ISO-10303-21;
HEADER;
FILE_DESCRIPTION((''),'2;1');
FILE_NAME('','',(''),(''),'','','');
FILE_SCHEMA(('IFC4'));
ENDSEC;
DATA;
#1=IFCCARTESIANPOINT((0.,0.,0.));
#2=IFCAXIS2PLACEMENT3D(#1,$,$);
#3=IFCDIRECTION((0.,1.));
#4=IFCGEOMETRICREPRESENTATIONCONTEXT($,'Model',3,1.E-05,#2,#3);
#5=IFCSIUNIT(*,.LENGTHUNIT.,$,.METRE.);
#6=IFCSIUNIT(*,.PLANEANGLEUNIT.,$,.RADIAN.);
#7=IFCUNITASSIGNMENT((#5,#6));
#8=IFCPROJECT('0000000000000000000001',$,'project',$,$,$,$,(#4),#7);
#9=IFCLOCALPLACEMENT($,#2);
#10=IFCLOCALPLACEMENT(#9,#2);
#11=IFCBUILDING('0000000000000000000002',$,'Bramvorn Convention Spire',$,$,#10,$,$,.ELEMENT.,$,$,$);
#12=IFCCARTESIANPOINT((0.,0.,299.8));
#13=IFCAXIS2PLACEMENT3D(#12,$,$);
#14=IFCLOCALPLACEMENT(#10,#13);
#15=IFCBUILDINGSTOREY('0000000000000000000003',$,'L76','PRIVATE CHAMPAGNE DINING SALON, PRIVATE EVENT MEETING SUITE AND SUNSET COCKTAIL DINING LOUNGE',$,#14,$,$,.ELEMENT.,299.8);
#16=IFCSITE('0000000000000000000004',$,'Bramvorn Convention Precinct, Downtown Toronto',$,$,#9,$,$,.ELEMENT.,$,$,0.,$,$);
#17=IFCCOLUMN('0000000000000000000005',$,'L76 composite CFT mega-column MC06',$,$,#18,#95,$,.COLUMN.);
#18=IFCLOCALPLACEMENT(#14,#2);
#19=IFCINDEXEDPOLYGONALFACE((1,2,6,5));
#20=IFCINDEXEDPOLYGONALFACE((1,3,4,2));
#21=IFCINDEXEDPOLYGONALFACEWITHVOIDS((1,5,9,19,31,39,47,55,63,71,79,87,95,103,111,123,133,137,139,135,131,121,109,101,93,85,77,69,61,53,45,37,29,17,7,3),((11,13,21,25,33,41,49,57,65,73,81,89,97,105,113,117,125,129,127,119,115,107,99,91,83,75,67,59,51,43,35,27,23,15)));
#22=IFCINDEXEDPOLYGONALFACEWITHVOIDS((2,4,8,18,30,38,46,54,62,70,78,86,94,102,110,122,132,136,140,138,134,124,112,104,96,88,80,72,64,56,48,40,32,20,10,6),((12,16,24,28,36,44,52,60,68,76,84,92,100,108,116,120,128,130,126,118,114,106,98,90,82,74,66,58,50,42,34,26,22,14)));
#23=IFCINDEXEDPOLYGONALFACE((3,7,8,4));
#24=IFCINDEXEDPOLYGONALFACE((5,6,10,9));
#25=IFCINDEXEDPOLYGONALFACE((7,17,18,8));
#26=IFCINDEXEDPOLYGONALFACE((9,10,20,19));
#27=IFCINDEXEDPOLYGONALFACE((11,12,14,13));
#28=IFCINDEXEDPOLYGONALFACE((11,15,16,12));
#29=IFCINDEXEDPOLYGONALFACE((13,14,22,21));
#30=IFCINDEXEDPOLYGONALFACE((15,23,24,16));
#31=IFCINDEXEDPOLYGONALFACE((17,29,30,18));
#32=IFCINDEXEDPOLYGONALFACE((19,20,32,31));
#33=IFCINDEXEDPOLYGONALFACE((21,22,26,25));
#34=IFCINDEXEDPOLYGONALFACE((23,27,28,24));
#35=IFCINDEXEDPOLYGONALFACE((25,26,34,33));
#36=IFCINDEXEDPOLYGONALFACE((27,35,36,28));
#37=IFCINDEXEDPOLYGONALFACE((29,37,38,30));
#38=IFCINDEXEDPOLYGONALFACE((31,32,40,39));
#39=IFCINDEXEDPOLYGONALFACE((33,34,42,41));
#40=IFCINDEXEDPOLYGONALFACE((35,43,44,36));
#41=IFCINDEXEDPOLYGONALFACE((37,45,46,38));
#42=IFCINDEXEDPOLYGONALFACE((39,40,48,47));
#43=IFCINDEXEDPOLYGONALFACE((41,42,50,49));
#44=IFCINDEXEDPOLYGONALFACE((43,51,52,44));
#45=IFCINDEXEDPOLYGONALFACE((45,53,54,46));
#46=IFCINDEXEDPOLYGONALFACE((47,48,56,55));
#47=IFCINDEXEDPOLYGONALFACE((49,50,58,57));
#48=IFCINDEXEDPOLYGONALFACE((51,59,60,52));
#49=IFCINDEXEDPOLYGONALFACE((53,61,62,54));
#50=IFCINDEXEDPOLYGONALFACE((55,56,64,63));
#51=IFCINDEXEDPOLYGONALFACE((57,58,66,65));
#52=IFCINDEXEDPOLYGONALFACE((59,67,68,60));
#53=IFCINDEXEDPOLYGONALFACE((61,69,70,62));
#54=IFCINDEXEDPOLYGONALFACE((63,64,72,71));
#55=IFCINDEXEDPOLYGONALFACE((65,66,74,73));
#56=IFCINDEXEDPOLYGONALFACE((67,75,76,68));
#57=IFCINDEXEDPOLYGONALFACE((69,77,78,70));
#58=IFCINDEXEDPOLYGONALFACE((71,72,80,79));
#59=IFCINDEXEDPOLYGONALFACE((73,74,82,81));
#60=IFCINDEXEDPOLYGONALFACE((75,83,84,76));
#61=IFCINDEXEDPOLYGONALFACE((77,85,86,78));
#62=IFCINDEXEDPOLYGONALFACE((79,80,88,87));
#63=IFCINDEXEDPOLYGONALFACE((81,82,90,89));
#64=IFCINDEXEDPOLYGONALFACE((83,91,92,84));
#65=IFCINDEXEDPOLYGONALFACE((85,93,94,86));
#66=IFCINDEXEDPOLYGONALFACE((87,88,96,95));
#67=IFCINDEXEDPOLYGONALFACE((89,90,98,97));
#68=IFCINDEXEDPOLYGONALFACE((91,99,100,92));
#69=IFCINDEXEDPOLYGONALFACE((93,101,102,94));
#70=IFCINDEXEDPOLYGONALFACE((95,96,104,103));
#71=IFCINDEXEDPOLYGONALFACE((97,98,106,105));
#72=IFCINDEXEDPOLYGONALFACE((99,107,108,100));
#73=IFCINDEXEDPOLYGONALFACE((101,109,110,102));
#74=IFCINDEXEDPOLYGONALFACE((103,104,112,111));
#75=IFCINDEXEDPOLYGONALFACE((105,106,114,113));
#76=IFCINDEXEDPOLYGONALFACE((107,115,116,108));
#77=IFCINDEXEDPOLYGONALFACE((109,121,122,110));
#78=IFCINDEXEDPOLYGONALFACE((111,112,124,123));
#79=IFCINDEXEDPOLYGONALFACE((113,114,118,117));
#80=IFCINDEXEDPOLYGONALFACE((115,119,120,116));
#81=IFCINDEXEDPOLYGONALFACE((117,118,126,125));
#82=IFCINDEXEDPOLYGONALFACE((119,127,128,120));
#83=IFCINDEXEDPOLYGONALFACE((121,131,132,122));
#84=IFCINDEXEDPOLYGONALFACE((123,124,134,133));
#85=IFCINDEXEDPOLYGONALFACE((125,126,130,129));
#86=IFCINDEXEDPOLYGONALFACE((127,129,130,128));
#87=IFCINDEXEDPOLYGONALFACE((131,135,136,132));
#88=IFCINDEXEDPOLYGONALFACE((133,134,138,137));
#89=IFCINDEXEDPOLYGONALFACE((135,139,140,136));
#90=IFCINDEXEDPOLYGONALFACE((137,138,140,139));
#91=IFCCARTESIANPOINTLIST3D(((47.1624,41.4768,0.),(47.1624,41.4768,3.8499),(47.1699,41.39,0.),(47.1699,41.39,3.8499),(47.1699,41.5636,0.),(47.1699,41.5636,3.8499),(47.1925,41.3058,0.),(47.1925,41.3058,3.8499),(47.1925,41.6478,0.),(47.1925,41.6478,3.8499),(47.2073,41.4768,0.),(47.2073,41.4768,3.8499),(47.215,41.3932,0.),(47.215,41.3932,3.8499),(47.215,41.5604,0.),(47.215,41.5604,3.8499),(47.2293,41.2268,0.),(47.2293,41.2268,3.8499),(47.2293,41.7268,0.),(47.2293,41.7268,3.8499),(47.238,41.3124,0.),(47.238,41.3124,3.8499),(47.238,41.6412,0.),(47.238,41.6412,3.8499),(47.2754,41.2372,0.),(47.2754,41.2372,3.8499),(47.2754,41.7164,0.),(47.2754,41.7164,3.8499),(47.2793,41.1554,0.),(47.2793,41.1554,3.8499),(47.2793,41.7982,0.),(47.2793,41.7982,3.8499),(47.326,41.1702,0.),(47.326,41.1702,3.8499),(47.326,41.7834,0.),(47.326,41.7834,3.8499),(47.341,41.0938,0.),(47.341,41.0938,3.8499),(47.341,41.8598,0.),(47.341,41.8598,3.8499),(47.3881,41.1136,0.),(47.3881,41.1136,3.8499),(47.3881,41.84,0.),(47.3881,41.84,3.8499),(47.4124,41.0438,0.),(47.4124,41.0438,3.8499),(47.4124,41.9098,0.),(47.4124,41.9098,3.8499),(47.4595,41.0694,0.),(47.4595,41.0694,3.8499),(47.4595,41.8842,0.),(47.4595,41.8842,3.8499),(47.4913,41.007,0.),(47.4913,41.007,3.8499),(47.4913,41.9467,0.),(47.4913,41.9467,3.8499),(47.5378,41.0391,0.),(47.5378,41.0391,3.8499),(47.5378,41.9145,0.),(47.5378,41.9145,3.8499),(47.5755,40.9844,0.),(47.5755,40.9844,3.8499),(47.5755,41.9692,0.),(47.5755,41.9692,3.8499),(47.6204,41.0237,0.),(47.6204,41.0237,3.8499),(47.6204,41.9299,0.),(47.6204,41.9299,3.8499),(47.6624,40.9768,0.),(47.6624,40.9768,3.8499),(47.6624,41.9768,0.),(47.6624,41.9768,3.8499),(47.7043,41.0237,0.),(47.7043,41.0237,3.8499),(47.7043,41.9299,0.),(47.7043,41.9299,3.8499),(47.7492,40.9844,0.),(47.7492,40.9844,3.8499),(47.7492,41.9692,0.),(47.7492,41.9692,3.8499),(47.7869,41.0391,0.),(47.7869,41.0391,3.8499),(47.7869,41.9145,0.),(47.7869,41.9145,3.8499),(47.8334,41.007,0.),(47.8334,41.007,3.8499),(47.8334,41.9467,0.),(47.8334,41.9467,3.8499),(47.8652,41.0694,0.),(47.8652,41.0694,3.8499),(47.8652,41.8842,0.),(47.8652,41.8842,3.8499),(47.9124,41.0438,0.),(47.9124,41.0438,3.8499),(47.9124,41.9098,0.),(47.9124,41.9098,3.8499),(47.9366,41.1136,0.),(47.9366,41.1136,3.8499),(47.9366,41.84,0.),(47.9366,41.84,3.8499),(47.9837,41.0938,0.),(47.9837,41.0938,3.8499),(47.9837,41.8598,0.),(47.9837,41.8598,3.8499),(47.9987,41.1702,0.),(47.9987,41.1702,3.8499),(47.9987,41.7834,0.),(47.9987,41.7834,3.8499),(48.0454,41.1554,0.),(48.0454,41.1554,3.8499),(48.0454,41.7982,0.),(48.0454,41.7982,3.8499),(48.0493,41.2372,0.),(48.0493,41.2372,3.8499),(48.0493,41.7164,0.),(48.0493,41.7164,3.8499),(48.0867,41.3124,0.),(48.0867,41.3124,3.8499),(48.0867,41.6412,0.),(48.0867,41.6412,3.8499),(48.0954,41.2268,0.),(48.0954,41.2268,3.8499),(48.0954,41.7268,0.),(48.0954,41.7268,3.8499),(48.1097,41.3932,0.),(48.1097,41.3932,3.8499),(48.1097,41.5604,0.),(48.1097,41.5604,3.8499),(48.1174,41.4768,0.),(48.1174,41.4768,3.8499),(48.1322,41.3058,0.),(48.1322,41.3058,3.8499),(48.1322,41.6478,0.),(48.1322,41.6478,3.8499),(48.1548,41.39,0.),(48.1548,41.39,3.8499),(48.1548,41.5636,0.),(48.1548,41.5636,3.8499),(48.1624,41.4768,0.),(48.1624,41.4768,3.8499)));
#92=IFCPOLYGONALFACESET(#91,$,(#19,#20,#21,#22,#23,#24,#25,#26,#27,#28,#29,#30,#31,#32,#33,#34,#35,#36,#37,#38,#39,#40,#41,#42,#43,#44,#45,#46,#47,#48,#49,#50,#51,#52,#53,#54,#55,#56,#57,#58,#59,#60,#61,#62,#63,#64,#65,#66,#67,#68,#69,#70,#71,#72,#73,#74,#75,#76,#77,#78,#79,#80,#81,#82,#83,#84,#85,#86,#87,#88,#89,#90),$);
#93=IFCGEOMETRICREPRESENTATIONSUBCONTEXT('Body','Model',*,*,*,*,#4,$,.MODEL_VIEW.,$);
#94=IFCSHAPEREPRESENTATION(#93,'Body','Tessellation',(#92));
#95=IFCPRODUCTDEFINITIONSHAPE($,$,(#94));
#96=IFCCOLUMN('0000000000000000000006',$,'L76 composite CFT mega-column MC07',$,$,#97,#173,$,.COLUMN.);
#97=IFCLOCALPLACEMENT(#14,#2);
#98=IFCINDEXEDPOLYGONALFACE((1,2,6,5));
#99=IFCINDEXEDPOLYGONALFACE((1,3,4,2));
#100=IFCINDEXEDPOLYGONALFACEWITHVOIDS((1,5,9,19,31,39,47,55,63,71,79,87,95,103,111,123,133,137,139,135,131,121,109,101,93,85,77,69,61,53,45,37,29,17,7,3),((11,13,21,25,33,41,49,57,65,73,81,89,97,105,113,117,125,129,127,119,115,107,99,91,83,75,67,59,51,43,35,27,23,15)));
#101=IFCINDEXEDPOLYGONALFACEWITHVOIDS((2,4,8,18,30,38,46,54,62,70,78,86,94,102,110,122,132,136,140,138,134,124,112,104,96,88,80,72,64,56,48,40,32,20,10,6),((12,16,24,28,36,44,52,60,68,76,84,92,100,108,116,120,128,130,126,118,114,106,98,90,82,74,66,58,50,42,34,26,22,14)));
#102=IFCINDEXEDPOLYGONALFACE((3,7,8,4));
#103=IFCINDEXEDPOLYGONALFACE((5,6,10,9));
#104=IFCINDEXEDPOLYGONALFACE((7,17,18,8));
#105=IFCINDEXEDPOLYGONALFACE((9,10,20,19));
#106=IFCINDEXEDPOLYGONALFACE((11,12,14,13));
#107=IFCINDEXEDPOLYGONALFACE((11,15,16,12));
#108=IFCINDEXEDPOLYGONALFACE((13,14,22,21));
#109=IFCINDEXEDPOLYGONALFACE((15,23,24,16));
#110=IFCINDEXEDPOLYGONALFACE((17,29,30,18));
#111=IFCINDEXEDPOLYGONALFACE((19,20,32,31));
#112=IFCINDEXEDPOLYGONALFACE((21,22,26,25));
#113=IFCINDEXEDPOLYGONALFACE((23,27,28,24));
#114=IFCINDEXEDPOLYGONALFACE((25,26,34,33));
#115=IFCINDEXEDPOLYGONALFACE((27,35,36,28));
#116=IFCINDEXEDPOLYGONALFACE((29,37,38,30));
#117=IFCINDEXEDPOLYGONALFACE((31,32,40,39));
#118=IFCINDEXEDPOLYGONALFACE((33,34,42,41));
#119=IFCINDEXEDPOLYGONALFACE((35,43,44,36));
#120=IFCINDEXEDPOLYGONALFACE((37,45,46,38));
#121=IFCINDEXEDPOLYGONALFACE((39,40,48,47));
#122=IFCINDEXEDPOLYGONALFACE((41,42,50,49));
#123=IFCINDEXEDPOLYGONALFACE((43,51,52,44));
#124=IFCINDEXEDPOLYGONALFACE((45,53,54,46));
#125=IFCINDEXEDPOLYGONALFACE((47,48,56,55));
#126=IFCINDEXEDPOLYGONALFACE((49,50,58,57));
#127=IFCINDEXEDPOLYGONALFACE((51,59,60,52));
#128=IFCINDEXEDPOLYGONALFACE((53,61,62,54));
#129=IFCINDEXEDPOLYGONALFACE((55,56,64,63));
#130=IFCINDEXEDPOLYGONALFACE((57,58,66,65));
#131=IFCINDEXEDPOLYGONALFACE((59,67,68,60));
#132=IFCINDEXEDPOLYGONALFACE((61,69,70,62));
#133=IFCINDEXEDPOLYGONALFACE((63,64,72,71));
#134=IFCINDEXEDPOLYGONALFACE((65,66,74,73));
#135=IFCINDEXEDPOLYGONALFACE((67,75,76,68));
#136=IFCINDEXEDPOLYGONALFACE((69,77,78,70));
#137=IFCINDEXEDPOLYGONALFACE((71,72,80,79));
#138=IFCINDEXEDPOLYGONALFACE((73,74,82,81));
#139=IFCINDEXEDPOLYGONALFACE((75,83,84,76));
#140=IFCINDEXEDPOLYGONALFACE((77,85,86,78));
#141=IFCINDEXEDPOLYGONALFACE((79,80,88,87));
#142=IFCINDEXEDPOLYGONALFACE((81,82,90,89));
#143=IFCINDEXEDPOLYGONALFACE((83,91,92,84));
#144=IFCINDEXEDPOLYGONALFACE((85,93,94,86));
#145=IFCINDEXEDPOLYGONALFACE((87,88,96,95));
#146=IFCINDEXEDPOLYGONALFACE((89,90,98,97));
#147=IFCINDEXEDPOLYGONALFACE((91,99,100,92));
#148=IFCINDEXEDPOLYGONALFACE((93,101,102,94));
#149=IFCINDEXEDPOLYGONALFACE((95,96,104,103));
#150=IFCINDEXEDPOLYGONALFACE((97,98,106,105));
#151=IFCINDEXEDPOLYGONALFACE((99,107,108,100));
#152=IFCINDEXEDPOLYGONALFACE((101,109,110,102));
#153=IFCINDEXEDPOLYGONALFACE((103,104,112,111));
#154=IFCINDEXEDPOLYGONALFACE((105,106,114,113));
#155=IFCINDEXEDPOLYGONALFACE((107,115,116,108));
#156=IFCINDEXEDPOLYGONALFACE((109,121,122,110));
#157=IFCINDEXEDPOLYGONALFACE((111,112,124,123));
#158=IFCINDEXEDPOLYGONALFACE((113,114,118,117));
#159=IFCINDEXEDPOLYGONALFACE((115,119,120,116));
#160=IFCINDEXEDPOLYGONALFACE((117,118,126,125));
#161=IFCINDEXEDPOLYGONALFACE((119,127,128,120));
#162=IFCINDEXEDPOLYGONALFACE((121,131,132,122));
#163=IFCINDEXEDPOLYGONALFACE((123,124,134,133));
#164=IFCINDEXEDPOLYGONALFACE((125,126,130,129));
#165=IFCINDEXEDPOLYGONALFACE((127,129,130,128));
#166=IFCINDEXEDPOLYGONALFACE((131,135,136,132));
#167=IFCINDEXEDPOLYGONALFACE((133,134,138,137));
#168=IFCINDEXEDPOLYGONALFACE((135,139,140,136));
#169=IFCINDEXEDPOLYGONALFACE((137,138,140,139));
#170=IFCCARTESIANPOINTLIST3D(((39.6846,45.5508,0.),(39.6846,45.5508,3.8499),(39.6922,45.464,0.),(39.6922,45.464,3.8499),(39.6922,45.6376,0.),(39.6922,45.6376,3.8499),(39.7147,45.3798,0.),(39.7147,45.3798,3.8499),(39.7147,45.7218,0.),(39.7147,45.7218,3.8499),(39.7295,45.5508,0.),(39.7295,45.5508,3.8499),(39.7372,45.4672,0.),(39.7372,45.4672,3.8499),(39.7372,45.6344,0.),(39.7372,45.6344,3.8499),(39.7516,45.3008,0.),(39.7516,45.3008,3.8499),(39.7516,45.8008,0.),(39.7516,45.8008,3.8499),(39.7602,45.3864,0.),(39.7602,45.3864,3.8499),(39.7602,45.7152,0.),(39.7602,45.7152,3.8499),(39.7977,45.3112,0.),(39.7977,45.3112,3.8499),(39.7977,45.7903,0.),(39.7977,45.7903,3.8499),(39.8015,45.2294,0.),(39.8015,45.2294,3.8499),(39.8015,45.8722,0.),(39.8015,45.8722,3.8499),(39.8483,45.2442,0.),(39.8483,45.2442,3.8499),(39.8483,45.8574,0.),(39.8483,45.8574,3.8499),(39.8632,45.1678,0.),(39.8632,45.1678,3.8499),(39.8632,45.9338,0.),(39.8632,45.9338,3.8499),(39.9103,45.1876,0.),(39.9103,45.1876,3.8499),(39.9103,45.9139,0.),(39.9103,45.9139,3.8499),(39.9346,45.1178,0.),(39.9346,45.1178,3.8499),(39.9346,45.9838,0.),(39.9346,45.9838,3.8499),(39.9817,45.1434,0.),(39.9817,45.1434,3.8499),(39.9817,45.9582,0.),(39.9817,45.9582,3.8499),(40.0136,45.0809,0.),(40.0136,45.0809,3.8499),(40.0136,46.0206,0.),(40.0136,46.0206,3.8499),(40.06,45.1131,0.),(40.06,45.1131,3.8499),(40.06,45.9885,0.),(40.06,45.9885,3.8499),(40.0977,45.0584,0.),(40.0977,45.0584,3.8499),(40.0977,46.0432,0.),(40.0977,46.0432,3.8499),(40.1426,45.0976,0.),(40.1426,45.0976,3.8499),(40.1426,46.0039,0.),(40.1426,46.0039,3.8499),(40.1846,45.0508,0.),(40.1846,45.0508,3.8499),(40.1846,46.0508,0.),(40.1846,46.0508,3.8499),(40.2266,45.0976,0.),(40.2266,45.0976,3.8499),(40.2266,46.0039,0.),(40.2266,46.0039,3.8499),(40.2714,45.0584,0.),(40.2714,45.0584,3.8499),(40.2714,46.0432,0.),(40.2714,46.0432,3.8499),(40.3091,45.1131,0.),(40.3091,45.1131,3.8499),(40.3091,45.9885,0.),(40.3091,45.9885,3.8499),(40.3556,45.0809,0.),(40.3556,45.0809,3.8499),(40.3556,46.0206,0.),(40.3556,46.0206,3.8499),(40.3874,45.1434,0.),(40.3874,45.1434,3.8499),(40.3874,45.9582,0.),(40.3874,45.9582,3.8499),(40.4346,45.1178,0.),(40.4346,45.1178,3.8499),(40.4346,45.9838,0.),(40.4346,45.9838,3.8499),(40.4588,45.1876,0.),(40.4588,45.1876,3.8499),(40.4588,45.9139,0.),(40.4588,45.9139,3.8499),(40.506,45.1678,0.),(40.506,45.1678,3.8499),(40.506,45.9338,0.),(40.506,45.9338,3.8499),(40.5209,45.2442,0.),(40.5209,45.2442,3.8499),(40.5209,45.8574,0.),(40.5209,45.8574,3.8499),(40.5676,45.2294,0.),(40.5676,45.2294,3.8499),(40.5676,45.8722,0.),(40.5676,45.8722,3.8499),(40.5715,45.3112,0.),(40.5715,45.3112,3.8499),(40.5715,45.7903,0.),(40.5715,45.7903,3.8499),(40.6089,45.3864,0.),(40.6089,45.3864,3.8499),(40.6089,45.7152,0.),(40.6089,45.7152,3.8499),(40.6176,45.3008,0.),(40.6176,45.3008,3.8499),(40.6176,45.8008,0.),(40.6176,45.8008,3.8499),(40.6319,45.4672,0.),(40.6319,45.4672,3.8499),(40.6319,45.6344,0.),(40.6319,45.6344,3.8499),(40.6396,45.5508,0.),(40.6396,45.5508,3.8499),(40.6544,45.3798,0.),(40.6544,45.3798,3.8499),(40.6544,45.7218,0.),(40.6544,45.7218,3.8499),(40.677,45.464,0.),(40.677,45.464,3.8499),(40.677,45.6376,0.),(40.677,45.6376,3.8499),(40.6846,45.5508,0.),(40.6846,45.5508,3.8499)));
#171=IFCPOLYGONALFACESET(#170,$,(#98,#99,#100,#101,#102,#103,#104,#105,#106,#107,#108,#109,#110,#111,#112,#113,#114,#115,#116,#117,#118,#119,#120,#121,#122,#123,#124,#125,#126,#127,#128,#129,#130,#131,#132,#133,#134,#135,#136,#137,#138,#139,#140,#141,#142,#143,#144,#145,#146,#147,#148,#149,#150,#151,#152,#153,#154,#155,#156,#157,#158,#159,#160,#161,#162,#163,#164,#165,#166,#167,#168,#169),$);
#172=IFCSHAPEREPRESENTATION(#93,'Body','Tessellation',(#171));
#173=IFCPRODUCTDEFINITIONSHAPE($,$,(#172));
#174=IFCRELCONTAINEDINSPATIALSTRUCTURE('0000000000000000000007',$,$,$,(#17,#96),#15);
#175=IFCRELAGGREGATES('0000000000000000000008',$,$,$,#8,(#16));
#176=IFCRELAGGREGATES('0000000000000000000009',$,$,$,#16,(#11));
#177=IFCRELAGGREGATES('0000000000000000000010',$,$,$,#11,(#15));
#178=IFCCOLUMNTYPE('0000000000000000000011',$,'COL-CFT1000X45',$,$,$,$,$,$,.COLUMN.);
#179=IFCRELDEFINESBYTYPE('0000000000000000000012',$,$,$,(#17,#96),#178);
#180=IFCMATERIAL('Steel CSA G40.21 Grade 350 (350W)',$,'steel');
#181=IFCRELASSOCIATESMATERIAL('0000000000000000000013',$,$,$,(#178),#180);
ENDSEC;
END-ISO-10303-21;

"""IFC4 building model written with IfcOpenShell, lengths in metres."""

from ifc_helpers import new_model, si_unit, direction, frame, origin, origin_2d, place, context, subcontext, project, spatial, hollow_circle, extrude, material, material_profile, profile_set, type_object, element, save


model = new_model("IFC4")

# Units and contexts
model_context = context("Model", 3, precision=1e-05, world=origin(), true_north=direction((0.0, 1.0)))
body_context = subcontext(model_context, "Body", "Model", "MODEL_VIEW")
ifc_project = project(units=[si_unit("LENGTHUNIT", "METRE"), si_unit("PLANEANGLEUNIT", "RADIAN")], contexts=[model_context])

# Site, building, storey
site_placement = place(None, origin())
site = spatial("IfcSite", under=ifc_project, at=site_placement, Name="Bramvorn Convention Precinct, Downtown Toronto", CompositionType="ELEMENT", RefElevation=0.0)
building_placement = place(site_placement, origin())
building = spatial("IfcBuilding", under=site, at=building_placement, Name="Bramvorn Convention Spire", CompositionType="ELEMENT")
storey_placement = place(building_placement, frame((0.0, 0.0, 299.8)))
storey = spatial("IfcBuildingStorey", under=building, at=storey_placement, Name="L76", Description="PRIVATE CHAMPAGNE DINING SALON, PRIVATE EVENT MEETING SUITE AND SUNSET COCKTAIL DINING LOUNGE", CompositionType="ELEMENT", Elevation=299.8)

# Columns
ifc_material_1 = material(Name="Steel CSA G40.21 Grade 350 (350W)", Category="steel")
ifc_material_profile_1 = material_profile(ifc_material_1, hollow_circle(Radius=0.5, WallThickness=0.0449, at=origin_2d()))
ifc_profile_set_1 = profile_set([ifc_material_profile_1], Name="Steel CSA G40.21 Grade 350 (350W) - CFT1000X45")
column_type = type_object("IfcColumnType", Name="COL-CFT1000X45", PredefinedType="COLUMN", material=ifc_profile_set_1)
for number, where, z_axis, x_axis, name in (
    (1, (47.6624, 41.4768, 0.0), (0.0, 0.0, 1.0), (1.0, 0.0, 0.0), "L76 composite CFT mega-column MC06"),
    (2, (40.1846, 45.5508, 0.0), (0.0, 0.0, 1.0), (1.0, 0.0, 0.0), "L76 composite CFT mega-column MC07"),
):
    element("IfcColumn", number, at=place(storey_placement, frame(where, z_axis=z_axis, x_axis=x_axis)), inside=storey, type_object=column_type, Name=name, PredefinedType="COLUMN", context=body_context, shape_type="SweptSolid", body=[
        extrude(hollow_circle(Radius=0.5, WallThickness=0.0449, at=origin_2d()), origin(), (0.0, 0.0, 1.0), 3.8499),
    ])

save(model, "model.ifc")
